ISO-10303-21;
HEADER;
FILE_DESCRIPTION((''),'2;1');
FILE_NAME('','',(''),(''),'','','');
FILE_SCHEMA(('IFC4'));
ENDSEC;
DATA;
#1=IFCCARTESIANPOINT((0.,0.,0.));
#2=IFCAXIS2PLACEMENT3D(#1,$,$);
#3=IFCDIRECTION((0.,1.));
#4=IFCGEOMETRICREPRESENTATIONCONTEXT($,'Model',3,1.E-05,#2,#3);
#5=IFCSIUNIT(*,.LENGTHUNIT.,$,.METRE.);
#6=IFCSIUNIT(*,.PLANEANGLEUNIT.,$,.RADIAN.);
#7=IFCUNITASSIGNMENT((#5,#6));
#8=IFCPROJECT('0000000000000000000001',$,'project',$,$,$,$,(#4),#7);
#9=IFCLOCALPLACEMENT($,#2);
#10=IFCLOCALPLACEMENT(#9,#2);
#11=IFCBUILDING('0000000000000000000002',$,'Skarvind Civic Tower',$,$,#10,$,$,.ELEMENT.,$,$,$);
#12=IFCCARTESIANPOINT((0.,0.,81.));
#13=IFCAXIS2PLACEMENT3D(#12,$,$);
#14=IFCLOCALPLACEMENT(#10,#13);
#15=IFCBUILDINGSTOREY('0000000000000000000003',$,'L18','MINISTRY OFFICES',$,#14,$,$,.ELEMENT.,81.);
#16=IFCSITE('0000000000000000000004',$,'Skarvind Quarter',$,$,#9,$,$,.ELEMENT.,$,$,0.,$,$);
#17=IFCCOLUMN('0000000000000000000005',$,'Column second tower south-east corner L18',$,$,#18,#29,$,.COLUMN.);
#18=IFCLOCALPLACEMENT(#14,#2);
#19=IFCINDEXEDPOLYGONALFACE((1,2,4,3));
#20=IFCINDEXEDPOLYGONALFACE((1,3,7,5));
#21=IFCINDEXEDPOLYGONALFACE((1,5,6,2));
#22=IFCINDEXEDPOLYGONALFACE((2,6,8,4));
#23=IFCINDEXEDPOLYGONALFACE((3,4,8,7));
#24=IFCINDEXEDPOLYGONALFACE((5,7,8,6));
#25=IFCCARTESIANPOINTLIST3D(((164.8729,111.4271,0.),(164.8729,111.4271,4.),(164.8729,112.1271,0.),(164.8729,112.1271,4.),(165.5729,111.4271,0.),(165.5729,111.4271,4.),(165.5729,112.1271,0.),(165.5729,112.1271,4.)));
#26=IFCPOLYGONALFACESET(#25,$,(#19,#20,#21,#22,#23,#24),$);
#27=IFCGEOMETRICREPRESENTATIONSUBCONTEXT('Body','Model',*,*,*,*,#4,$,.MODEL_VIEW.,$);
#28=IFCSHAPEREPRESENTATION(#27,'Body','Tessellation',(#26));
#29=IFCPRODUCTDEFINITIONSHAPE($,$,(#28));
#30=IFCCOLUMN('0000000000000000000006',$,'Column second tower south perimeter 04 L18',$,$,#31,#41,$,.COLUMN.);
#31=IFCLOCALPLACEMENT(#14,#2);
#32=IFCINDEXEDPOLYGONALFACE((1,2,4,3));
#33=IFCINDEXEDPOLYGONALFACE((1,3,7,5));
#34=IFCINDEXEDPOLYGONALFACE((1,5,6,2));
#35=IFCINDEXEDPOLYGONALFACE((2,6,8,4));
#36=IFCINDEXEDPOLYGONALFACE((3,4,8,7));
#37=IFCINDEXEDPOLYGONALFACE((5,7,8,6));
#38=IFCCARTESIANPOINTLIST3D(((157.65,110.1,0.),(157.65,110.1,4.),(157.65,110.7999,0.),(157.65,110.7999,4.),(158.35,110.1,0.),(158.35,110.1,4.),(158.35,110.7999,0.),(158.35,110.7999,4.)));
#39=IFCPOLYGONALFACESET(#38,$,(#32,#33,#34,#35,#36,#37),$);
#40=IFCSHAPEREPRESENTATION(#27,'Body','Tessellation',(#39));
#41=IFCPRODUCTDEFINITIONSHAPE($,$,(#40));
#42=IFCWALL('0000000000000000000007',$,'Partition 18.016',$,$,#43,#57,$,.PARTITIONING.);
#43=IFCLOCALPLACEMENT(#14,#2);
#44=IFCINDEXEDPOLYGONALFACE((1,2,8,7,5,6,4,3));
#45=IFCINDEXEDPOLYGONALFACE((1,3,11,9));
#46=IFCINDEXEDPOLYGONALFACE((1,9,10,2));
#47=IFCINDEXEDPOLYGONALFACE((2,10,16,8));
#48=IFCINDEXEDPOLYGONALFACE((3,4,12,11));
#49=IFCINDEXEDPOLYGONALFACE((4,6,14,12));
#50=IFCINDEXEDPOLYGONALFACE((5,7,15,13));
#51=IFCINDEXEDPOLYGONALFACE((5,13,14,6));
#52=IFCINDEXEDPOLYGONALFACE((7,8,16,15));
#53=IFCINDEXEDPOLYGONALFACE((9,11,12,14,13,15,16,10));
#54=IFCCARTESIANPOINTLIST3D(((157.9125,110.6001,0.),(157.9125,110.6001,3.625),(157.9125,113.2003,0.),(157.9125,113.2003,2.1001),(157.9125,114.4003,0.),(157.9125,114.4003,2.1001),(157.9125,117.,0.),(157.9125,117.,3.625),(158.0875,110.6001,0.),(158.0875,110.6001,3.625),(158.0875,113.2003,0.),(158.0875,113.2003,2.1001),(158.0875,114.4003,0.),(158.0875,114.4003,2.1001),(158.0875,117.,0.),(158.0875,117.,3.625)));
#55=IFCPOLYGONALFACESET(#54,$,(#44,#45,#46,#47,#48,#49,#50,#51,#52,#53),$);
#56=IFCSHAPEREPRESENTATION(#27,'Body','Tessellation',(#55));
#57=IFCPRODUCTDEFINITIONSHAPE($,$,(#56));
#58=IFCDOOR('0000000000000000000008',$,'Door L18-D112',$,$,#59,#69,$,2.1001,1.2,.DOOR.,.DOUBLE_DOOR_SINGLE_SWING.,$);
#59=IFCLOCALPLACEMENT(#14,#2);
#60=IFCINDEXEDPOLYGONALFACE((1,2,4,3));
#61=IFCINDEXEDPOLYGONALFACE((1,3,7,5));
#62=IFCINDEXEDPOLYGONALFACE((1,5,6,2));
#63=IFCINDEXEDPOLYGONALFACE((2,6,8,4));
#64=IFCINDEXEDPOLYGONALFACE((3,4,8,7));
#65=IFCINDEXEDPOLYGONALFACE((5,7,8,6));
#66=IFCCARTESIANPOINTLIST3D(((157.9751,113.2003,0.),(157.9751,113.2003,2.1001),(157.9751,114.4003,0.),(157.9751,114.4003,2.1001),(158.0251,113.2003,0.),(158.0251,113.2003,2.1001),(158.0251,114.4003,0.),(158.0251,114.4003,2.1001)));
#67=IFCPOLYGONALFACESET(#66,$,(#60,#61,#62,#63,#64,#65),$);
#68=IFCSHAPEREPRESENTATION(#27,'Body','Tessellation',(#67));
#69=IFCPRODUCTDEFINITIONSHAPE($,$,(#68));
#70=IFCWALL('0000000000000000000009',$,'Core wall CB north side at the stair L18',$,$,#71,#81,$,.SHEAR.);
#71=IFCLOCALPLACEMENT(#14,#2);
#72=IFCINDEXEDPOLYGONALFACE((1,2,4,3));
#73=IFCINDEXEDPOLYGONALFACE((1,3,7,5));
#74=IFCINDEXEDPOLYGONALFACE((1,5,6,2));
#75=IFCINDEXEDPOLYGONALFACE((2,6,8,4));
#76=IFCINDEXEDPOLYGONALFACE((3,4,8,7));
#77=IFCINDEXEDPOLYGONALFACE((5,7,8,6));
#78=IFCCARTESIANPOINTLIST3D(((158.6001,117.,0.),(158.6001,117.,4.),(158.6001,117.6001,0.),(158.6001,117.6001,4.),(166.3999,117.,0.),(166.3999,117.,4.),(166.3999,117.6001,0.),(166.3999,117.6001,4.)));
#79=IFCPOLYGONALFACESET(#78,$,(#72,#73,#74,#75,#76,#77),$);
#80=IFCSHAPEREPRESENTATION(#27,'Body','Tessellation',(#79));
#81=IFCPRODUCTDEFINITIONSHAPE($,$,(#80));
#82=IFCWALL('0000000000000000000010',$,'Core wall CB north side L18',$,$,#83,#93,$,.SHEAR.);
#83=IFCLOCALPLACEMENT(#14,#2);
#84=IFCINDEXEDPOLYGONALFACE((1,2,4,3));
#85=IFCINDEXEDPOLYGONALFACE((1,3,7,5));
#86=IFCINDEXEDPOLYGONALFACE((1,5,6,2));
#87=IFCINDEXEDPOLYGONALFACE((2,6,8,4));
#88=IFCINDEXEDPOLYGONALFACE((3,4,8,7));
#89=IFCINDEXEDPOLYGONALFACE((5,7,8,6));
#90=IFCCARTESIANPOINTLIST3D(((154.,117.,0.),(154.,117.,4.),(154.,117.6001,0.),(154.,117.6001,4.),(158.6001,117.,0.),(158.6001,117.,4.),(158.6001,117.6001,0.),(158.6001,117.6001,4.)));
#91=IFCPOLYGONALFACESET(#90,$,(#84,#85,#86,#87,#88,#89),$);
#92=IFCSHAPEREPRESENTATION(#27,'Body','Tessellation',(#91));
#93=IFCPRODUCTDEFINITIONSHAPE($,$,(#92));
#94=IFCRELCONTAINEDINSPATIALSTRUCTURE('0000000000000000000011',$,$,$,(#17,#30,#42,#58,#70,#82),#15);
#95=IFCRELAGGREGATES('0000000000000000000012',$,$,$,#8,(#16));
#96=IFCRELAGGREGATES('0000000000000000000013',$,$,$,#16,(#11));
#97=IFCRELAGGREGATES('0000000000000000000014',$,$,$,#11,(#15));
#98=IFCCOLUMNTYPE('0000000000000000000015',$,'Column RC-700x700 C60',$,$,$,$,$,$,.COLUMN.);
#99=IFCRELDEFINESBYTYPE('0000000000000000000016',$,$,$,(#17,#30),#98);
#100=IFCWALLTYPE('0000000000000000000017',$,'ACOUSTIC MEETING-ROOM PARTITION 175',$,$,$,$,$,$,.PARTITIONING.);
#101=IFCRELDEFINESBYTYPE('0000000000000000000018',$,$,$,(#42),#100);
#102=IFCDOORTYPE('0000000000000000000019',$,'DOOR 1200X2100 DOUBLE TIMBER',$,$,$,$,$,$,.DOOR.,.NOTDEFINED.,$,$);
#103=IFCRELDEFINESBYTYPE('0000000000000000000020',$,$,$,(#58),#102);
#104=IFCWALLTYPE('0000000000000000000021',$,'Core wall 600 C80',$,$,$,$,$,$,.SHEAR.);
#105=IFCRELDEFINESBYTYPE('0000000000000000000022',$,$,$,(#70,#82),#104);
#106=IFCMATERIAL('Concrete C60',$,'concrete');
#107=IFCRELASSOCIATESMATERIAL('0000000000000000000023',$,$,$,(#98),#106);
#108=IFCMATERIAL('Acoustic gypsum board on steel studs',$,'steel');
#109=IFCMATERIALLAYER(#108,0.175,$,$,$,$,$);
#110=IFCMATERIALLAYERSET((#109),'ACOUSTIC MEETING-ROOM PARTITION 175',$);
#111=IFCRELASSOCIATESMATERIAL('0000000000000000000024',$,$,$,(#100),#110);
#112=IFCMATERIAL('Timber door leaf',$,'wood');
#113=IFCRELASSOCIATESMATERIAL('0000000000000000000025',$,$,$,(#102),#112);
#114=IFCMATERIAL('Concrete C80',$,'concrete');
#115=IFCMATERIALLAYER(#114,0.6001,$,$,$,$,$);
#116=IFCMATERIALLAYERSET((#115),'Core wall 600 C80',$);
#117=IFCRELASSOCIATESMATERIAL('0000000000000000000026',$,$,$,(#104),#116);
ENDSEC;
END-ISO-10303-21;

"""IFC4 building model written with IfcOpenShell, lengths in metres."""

from ifc_helpers import new_model, si_unit, direction, frame, frame_2d, origin, origin_2d, place, context, subcontext, project, spatial, rectangle, extrude, material, layer, layer_set, material_profile, profile_set, type_object, element, fill, save


model = new_model("IFC4")

# Units and contexts
model_context = context("Model", 3, precision=1e-05, world=origin(), true_north=direction((0.0, 1.0)))
body_context = subcontext(model_context, "Body", "Model", "MODEL_VIEW")
ifc_project = project(units=[si_unit("LENGTHUNIT", "METRE"), si_unit("PLANEANGLEUNIT", "RADIAN")], contexts=[model_context])

# Site, building, storey
site_placement = place(None, origin())
site = spatial("IfcSite", under=ifc_project, at=site_placement, Name="Skarvind Quarter", CompositionType="ELEMENT", RefElevation=0.0)
building_placement = place(site_placement, origin())
building = spatial("IfcBuilding", under=site, at=building_placement, Name="Skarvind Civic Tower", CompositionType="ELEMENT")
storey_placement = place(building_placement, frame((0.0, 0.0, 81.0)))
storey = spatial("IfcBuildingStorey", under=building, at=storey_placement, Name="L18", Description="MINISTRY OFFICES", CompositionType="ELEMENT", Elevation=81.0)

# Columns
ifc_material_1 = material(Name="Concrete C60", Category="concrete")
ifc_material_profile = material_profile(ifc_material_1, rectangle(XDim=0.7, YDim=0.7, at=origin_2d()), Name="RC-700x700")
ifc_profile_set = profile_set([ifc_material_profile], Name="Concrete C60")
column_type = type_object("IfcColumnType", Name="Column RC-700x700 C60", PredefinedType="COLUMN", material=ifc_profile_set)
for number, where, z_axis, x_axis, name in (
    (1, (165.2229, 111.7771, 0.0), (0.0, 0.0, 1.0), (1.0, 0.0, 0.0), "Column second tower south-east corner L18"),
    (2, (158.0, 110.45, 0.0), (0.0, 0.0, 1.0), (1.0, 0.0, 0.0), "Column second tower south perimeter 04 L18"),
):
    element("IfcColumn", number, at=place(storey_placement, frame(where, z_axis=z_axis, x_axis=x_axis)), inside=storey, type_object=column_type, Name=name, PredefinedType="COLUMN", context=body_context, shape_type="SweptSolid", body=[
        extrude(rectangle(XDim=0.7, YDim=0.7, at=origin_2d()), origin(), (0.0, 0.0, 1.0), 4.0),
    ])

# Wall, opening, door
ifc_material_2 = material(Name="Acoustic gypsum board on steel studs", Category="steel")
ifc_layer_1 = layer(ifc_material_2, 0.175)
ifc_layer_set_1 = layer_set([ifc_layer_1], Name="ACOUSTIC MEETING-ROOM PARTITION 175")
wall_type_1 = type_object("IfcWallType", Name="ACOUSTIC MEETING-ROOM PARTITION 175", PredefinedType="PARTITIONING", material=ifc_layer_set_1)
wall_1_placement = place(storey_placement, frame((158.0, 110.6001, 0.0), z_axis=(0.0, 0.0, 1.0), x_axis=(0.0, 1.0, 0.0)))
wall_1 = element("IfcWall", 3, at=wall_1_placement, inside=storey, type_object=wall_type_1, Name="Partition 18.016", PredefinedType="PARTITIONING", context=body_context, shape_type="SweptSolid", body=[
    extrude(rectangle(XDim=6.3999, YDim=0.175, at=frame_2d((3.2, 0.0))), origin(), (0.0, 0.0, 1.0), 3.625),
])
opening_1_placement = place(wall_1_placement, frame((2.6001, 0.0, 0.0)))
opening_1 = element("IfcOpeningElement", 4, at=opening_1_placement, cuts=wall_1, PredefinedType="OPENING", context=body_context, shape_type="SweptSolid", body=[
    extrude(rectangle(XDim=1.2, YDim=2.1001, at=frame_2d((0.6001, 1.05))), frame((0.0, 0.0974, 0.0), z_axis=(0.0, -1.0, 0.0), x_axis=(1.0, 0.0, 0.0)), (0.0, 0.0, 1.0), 0.1951),
])
ifc_material_3 = material(Name="Timber door leaf", Category="wood")
door_type = type_object("IfcDoorType", Name="DOOR 1200X2100 DOUBLE TIMBER", OperationType="NOTDEFINED", PredefinedType="DOOR", material=ifc_material_3)
door_placement = place(opening_1_placement, origin())
door = element("IfcDoor", 5, at=door_placement, inside=storey, type_object=door_type, Name="Door L18-D112", OperationType="DOUBLE_DOOR_SINGLE_SWING", OverallHeight=2.1001, OverallWidth=1.2, PredefinedType="DOOR", context=body_context, shape_type="SweptSolid", body=[
    extrude(rectangle(XDim=1.2, YDim=2.1001, at=frame_2d((0.6001, 1.05))), frame((0.0, 0.0249, 0.0), z_axis=(0.0, -1.0, 0.0), x_axis=(1.0, 0.0, 0.0)), (0.0, 0.0, 1.0), 0.05),
])
fill(opening_1, door)

# Walls
ifc_material_4 = material(Name="Concrete C80", Category="concrete")
ifc_layer_2 = layer(ifc_material_4, 0.6001)
ifc_layer_set_2 = layer_set([ifc_layer_2], Name="Core wall 600 C80")
wall_type_2 = type_object("IfcWallType", Name="Core wall 600 C80", PredefinedType="SHEAR", material=ifc_layer_set_2)
wall_2_placement = place(storey_placement, frame((166.3999, 117.3, 0.0), z_axis=(0.0, 0.0, 1.0), x_axis=(-1.0, 0.0, 0.0)))
element("IfcWall", 6, at=wall_2_placement, inside=storey, type_object=wall_type_2, Name="Core wall CB north side at the stair L18", PredefinedType="SHEAR", context=body_context, shape_type="SweptSolid", body=[
    extrude(rectangle(XDim=7.7998, YDim=0.6001, at=frame_2d((3.8999, 0.0))), origin(), (0.0, 0.0, 1.0), 4.0),
])
wall_3_placement = place(storey_placement, frame((158.6001, 117.3, 0.0), z_axis=(0.0, 0.0, 1.0), x_axis=(-1.0, 0.0, 0.0)))
element("IfcWall", 7, at=wall_3_placement, inside=storey, type_object=wall_type_2, Name="Core wall CB north side L18", PredefinedType="SHEAR", context=body_context, shape_type="SweptSolid", body=[
    extrude(rectangle(XDim=4.6001, YDim=0.6001, at=frame_2d((2.3, 0.0))), origin(), (0.0, 0.0, 1.0), 4.0),
])

save(model, "model.ifc")
